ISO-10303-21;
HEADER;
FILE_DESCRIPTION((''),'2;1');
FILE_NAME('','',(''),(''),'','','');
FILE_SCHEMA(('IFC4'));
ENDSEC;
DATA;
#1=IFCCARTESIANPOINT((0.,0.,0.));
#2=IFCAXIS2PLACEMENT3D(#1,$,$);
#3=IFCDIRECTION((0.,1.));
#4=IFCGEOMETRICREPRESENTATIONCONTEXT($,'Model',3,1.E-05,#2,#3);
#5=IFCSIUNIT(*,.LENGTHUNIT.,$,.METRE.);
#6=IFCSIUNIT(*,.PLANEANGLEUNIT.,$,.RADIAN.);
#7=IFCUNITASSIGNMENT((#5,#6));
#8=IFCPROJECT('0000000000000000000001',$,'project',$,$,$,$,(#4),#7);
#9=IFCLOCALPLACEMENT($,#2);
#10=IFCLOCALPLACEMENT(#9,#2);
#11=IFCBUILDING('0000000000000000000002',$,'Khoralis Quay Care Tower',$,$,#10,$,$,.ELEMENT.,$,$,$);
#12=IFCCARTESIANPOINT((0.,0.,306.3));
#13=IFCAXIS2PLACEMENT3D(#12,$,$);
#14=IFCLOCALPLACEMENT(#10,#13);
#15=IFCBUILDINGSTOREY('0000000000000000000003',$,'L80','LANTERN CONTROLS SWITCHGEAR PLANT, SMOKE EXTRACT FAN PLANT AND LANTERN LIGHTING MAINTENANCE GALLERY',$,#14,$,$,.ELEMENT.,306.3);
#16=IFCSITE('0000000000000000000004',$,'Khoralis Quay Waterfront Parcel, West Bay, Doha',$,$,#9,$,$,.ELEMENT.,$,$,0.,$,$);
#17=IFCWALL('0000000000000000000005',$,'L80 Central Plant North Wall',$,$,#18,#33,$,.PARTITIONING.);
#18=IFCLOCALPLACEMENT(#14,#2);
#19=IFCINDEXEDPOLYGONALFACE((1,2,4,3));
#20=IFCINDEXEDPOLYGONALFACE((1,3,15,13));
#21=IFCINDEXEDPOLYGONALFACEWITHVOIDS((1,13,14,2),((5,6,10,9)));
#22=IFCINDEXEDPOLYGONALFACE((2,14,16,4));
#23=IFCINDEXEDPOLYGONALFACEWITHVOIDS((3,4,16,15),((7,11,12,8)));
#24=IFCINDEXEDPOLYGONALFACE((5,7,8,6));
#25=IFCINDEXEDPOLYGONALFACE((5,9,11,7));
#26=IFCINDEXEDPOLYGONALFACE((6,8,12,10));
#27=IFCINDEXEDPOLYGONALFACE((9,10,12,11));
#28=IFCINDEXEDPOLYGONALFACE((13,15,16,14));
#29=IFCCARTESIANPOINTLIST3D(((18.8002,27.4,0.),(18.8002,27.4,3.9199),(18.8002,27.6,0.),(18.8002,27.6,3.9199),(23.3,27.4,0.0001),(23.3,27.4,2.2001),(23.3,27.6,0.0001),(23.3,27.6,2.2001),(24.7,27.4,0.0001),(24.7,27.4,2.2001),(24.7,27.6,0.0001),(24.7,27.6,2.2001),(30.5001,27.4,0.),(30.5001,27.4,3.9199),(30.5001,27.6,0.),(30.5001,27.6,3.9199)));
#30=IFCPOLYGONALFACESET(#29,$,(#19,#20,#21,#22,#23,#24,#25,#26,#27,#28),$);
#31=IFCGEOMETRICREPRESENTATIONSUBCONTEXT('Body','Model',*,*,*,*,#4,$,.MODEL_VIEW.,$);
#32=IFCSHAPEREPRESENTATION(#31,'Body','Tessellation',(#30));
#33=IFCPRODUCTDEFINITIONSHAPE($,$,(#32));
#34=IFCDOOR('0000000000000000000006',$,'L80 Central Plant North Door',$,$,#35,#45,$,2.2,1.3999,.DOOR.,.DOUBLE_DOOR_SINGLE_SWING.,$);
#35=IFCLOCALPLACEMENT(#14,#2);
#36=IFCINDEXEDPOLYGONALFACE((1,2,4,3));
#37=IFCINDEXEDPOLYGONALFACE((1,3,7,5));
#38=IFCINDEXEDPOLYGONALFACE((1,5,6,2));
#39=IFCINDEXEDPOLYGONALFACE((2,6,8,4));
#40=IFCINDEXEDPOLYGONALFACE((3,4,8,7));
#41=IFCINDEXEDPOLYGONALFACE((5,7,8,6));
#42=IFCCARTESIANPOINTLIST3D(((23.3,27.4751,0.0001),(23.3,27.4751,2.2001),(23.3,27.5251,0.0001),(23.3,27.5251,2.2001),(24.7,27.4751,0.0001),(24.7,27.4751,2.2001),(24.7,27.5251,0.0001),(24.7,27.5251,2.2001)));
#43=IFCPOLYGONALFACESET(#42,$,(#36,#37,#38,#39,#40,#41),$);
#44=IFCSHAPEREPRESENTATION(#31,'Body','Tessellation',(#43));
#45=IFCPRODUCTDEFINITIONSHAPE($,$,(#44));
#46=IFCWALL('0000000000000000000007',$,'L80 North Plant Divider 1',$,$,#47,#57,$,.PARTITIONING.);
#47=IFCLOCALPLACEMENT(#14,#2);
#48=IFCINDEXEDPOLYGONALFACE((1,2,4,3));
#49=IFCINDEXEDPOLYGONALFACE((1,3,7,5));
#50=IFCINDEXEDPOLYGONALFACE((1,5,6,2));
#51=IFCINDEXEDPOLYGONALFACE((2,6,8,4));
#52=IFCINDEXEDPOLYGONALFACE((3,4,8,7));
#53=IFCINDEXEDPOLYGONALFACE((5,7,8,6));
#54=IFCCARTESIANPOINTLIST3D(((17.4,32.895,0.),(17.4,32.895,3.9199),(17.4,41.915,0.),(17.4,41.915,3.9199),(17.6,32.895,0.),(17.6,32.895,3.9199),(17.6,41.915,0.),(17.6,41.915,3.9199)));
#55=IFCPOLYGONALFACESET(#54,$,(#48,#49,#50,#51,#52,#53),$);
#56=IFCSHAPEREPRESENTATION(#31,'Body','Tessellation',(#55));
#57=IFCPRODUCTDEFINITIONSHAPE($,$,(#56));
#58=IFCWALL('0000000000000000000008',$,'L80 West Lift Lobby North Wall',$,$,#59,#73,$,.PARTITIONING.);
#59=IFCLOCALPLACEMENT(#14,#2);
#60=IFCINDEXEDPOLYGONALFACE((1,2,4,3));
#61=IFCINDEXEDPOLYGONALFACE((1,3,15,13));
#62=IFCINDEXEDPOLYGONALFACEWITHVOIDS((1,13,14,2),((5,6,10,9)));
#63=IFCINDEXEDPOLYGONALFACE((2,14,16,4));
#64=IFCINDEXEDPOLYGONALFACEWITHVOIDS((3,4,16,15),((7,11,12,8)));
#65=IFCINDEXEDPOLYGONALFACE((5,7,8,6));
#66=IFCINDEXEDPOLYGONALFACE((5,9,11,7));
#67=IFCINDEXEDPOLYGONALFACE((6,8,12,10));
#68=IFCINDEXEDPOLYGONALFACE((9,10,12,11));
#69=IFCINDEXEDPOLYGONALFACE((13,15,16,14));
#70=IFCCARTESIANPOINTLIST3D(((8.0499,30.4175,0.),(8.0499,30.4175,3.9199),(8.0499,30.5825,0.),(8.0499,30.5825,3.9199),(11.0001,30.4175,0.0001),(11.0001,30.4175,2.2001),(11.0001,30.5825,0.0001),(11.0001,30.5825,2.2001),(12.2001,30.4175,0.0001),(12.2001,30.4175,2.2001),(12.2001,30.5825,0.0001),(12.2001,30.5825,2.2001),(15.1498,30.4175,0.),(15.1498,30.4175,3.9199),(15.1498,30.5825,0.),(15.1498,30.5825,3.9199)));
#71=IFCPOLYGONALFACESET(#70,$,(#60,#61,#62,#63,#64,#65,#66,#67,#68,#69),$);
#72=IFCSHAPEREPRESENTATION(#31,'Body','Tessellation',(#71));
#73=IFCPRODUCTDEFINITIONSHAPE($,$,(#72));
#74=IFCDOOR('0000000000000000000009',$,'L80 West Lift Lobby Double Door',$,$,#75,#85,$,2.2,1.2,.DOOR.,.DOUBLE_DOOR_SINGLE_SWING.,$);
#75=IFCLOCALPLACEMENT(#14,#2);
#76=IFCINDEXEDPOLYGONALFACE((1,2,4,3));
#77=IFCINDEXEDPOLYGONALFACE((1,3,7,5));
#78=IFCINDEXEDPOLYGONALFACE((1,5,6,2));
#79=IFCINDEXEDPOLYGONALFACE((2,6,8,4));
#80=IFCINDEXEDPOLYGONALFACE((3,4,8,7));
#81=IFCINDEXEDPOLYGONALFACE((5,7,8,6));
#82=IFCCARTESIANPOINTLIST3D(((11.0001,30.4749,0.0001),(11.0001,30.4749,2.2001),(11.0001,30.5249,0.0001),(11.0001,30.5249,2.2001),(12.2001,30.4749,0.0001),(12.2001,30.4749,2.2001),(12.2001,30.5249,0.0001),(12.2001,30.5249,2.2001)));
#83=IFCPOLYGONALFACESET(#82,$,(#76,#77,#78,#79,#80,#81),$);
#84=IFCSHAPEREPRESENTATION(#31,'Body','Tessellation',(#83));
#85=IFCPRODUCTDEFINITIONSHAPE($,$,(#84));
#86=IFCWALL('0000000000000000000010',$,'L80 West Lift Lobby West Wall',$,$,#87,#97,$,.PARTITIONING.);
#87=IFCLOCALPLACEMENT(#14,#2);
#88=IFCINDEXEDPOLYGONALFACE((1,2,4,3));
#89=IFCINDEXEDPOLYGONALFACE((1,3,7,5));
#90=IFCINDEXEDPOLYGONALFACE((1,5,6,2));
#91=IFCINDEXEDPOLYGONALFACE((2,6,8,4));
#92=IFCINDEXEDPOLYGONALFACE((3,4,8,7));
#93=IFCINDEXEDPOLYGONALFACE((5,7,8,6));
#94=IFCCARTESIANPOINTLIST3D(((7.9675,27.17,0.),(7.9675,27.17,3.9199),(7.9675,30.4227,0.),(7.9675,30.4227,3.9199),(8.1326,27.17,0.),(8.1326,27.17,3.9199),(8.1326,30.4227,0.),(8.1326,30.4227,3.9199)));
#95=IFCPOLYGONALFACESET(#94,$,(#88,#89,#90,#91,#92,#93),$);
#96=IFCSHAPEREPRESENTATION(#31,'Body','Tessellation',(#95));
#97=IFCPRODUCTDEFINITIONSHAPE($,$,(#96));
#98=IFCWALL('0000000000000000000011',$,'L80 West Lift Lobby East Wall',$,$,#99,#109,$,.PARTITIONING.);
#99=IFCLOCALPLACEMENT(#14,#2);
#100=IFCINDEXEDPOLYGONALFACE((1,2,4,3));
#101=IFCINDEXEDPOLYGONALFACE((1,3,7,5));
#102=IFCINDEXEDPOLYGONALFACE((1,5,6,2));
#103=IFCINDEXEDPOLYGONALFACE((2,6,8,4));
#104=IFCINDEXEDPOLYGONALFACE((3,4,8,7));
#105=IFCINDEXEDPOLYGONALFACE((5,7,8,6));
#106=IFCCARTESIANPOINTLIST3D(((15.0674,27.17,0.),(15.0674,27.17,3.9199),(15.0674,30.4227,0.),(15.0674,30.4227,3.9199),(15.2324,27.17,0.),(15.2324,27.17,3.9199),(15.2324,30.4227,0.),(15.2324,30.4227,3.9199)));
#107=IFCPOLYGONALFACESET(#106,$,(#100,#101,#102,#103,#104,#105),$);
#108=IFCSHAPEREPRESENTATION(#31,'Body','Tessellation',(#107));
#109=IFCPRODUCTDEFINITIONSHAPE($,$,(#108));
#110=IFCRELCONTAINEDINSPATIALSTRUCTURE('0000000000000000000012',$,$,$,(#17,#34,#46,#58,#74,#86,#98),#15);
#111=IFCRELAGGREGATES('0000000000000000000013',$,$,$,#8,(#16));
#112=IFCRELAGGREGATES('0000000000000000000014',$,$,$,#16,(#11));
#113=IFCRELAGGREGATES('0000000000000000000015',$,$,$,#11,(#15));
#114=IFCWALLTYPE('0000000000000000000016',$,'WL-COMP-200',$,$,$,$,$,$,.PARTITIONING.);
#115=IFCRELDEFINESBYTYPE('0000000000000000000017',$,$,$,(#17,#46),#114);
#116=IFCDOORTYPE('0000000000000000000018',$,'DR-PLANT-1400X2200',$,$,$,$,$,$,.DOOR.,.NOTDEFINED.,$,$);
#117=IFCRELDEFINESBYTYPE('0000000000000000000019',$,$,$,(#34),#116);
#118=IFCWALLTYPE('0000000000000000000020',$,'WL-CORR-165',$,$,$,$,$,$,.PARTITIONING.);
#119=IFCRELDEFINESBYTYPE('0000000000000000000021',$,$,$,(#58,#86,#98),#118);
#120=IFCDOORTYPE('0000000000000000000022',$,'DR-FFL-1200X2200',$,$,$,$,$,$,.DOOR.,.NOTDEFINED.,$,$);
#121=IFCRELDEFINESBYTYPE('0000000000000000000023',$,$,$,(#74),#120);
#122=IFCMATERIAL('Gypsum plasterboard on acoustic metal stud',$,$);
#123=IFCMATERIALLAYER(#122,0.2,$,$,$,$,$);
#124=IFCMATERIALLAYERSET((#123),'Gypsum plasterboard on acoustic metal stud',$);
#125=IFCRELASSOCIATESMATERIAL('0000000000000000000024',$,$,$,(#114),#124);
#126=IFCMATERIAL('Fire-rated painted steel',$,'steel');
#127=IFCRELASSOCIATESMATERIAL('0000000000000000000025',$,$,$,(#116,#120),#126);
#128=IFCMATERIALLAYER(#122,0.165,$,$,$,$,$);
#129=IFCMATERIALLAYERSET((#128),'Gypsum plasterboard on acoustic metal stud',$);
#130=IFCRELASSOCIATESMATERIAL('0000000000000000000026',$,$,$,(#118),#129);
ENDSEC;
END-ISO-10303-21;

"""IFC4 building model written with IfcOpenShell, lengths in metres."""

from ifc_helpers import new_model, si_unit, direction, frame, frame_2d, origin, place, context, subcontext, project, spatial, rectangle, extrude, source, transform, mapped, material, layer, layer_set, type_object, element, fill, save


model = new_model("IFC4")

# Units and contexts
model_context = context("Model", 3, precision=1e-05, world=origin(), true_north=direction((0.0, 1.0)))
body_context = subcontext(model_context, "Body", "Model", "MODEL_VIEW")
ifc_project = project(units=[si_unit("LENGTHUNIT", "METRE"), si_unit("PLANEANGLEUNIT", "RADIAN")], contexts=[model_context])

# Site, building, storey
site_placement = place(None, origin())
site = spatial("IfcSite", under=ifc_project, at=site_placement, Name="Khoralis Quay Waterfront Parcel, West Bay, Doha", CompositionType="ELEMENT", RefElevation=0.0)
building_placement = place(site_placement, origin())
building = spatial("IfcBuilding", under=site, at=building_placement, Name="Khoralis Quay Care Tower", CompositionType="ELEMENT")
storey_placement = place(building_placement, frame((0.0, 0.0, 306.3)))
storey = spatial("IfcBuildingStorey", under=building, at=storey_placement, Name="L80", Description="LANTERN CONTROLS SWITCHGEAR PLANT, SMOKE EXTRACT FAN PLANT AND LANTERN LIGHTING MAINTENANCE GALLERY", CompositionType="ELEMENT", Elevation=306.3)

# Shared definitions
ifc_material_1 = material(Name="Gypsum plasterboard on acoustic metal stud")
ifc_layer_1 = layer(ifc_material_1, 0.2)
ifc_layer_set_1 = layer_set([ifc_layer_1], Name="Gypsum plasterboard on acoustic metal stud")
wall_type_1 = type_object("IfcWallType", Name="WL-COMP-200", PredefinedType="PARTITIONING", material=ifc_layer_set_1)
ifc_material_2 = material(Name="Fire-rated painted steel", Category="steel")
door_type_1 = type_object("IfcDoorType", Name="DR-PLANT-1400X2200", OperationType="NOTDEFINED", PredefinedType="DOOR", material=ifc_material_2)
shared_shape_1 = source(origin(), body_context, "Body", "SweptSolid", [
    extrude(rectangle(XDim=1.3999, YDim=2.2, at=frame_2d((0.7, 1.1001))), frame((0.0, 0.0249, 0.0), z_axis=(0.0, -1.0, 0.0), x_axis=(1.0, 0.0, 0.0)), (0.0, 0.0, 1.0), 0.05),
])

# Wall, opening, door
wall_1_placement = place(storey_placement, frame((18.8, 27.5, 0.0), z_axis=(0.0, 0.0, 1.0), x_axis=(1.0, 0.0, 0.0)))
wall_1 = element("IfcWall", 1, at=wall_1_placement, inside=storey, type_object=wall_type_1, Name="L80 Central Plant North Wall", PredefinedType="PARTITIONING", context=body_context, shape_type="SweptSolid", body=[
    extrude(rectangle(XDim=11.7, YDim=0.2, at=frame_2d((5.8501, 0.0))), origin(), (0.0, 0.0, 1.0), 3.9199),
])
opening_1_placement = place(wall_1_placement, frame((4.5, 0.0, 0.0)))
opening_1 = element("IfcOpeningElement", 2, at=opening_1_placement, cuts=wall_1, PredefinedType="OPENING", context=body_context, shape_type="SweptSolid", body=[
    extrude(rectangle(XDim=1.3999, YDim=2.2, at=frame_2d((0.7, 1.1001))), frame((0.0, 0.1099, 0.0), z_axis=(0.0, -1.0, 0.0), x_axis=(1.0, 0.0, 0.0)), (0.0, 0.0, 1.0), 0.22),
])
door_1_placement = place(opening_1_placement, frame((1.3999, 0.0, 0.0), z_axis=(0.0, 0.0, 1.0), x_axis=(-1.0, 0.0, 0.0)))
door_1 = element("IfcDoor", 3, at=door_1_placement, inside=storey, type_object=door_type_1, Name="L80 Central Plant North Door", OperationType="DOUBLE_DOOR_SINGLE_SWING", OverallHeight=2.2, OverallWidth=1.3999, PredefinedType="DOOR", context=body_context, shape_type="MappedRepresentation", body=[
    mapped(shared_shape_1, transform((0.0, 0.0, 0.0), scale=1.0)),
])
fill(opening_1, door_1)

# Wall
wall_2_placement = place(storey_placement, frame((17.5, 32.895, 0.0), z_axis=(0.0, 0.0, 1.0), x_axis=(0.0, 1.0, 0.0)))
element("IfcWall", 4, at=wall_2_placement, inside=storey, type_object=wall_type_1, Name="L80 North Plant Divider 1", PredefinedType="PARTITIONING", context=body_context, shape_type="SweptSolid", body=[
    extrude(rectangle(XDim=9.02, YDim=0.2, at=frame_2d((4.51, 0.0))), origin(), (0.0, 0.0, 1.0), 3.9199),
])

# Wall, opening, door
ifc_layer_2 = layer(ifc_material_1, 0.165)
ifc_layer_set_2 = layer_set([ifc_layer_2], Name="Gypsum plasterboard on acoustic metal stud")
wall_type_2 = type_object("IfcWallType", Name="WL-CORR-165", PredefinedType="PARTITIONING", material=ifc_layer_set_2)
wall_3_placement = place(storey_placement, frame((8.05, 30.5, 0.0), z_axis=(0.0, 0.0, 1.0), x_axis=(1.0, 0.0, 0.0)))
wall_3 = element("IfcWall", 5, at=wall_3_placement, inside=storey, type_object=wall_type_2, Name="L80 West Lift Lobby North Wall", PredefinedType="PARTITIONING", context=body_context, shape_type="SweptSolid", body=[
    extrude(rectangle(XDim=7.0999, YDim=0.165, at=frame_2d((3.5498, 0.0))), origin(), (0.0, 0.0, 1.0), 3.9199),
])
opening_2_placement = place(wall_3_placement, frame((2.95, 0.0, 0.0)))
opening_2 = element("IfcOpeningElement", 6, at=opening_2_placement, cuts=wall_3, PredefinedType="OPENING", context=body_context, shape_type="SweptSolid", body=[
    extrude(rectangle(XDim=1.2, YDim=2.2, at=frame_2d((0.6001, 1.1001))), frame((0.0, 0.0925, 0.0), z_axis=(0.0, -1.0, 0.0), x_axis=(1.0, 0.0, 0.0)), (0.0, 0.0, 1.0), 0.1851),
])
door_type_2 = type_object("IfcDoorType", Name="DR-FFL-1200X2200", OperationType="NOTDEFINED", PredefinedType="DOOR", material=ifc_material_2)
shared_shape_2 = source(origin(), body_context, "Body", "SweptSolid", [
    extrude(rectangle(XDim=1.2, YDim=2.2, at=frame_2d((0.6001, 1.1001))), frame((0.0, 0.0249, 0.0), z_axis=(0.0, -1.0, 0.0), x_axis=(1.0, 0.0, 0.0)), (0.0, 0.0, 1.0), 0.05),
])
door_2_placement = place(opening_2_placement, origin())
door_2 = element("IfcDoor", 7, at=door_2_placement, inside=storey, type_object=door_type_2, Name="L80 West Lift Lobby Double Door", OperationType="DOUBLE_DOOR_SINGLE_SWING", OverallHeight=2.2, OverallWidth=1.2, PredefinedType="DOOR", context=body_context, shape_type="MappedRepresentation", body=[
    mapped(shared_shape_2, transform((0.0, 0.0, 0.0), scale=1.0)),
])
fill(opening_2, door_2)

# Walls
for number, where, z_axis, x_axis, name in (
    (8, (8.05, 27.1699, 0.0), (0.0, 0.0, 1.0), (0.0, 1.0, 0.0), "L80 West Lift Lobby West Wall"),
    (9, (15.1499, 27.1699, 0.0), (0.0, 0.0, 1.0), (0.0, 1.0, 0.0), "L80 West Lift Lobby East Wall"),
):
    element("IfcWall", number, at=place(storey_placement, frame(where, z_axis=z_axis, x_axis=x_axis)), inside=storey, type_object=wall_type_2, Name=name, PredefinedType="PARTITIONING", context=body_context, shape_type="SweptSolid", body=[
        extrude(rectangle(XDim=3.2527, YDim=0.165, at=frame_2d((1.6265, 0.0))), origin(), (0.0, 0.0, 1.0), 3.9199),
    ])

save(model, "model.ifc")
